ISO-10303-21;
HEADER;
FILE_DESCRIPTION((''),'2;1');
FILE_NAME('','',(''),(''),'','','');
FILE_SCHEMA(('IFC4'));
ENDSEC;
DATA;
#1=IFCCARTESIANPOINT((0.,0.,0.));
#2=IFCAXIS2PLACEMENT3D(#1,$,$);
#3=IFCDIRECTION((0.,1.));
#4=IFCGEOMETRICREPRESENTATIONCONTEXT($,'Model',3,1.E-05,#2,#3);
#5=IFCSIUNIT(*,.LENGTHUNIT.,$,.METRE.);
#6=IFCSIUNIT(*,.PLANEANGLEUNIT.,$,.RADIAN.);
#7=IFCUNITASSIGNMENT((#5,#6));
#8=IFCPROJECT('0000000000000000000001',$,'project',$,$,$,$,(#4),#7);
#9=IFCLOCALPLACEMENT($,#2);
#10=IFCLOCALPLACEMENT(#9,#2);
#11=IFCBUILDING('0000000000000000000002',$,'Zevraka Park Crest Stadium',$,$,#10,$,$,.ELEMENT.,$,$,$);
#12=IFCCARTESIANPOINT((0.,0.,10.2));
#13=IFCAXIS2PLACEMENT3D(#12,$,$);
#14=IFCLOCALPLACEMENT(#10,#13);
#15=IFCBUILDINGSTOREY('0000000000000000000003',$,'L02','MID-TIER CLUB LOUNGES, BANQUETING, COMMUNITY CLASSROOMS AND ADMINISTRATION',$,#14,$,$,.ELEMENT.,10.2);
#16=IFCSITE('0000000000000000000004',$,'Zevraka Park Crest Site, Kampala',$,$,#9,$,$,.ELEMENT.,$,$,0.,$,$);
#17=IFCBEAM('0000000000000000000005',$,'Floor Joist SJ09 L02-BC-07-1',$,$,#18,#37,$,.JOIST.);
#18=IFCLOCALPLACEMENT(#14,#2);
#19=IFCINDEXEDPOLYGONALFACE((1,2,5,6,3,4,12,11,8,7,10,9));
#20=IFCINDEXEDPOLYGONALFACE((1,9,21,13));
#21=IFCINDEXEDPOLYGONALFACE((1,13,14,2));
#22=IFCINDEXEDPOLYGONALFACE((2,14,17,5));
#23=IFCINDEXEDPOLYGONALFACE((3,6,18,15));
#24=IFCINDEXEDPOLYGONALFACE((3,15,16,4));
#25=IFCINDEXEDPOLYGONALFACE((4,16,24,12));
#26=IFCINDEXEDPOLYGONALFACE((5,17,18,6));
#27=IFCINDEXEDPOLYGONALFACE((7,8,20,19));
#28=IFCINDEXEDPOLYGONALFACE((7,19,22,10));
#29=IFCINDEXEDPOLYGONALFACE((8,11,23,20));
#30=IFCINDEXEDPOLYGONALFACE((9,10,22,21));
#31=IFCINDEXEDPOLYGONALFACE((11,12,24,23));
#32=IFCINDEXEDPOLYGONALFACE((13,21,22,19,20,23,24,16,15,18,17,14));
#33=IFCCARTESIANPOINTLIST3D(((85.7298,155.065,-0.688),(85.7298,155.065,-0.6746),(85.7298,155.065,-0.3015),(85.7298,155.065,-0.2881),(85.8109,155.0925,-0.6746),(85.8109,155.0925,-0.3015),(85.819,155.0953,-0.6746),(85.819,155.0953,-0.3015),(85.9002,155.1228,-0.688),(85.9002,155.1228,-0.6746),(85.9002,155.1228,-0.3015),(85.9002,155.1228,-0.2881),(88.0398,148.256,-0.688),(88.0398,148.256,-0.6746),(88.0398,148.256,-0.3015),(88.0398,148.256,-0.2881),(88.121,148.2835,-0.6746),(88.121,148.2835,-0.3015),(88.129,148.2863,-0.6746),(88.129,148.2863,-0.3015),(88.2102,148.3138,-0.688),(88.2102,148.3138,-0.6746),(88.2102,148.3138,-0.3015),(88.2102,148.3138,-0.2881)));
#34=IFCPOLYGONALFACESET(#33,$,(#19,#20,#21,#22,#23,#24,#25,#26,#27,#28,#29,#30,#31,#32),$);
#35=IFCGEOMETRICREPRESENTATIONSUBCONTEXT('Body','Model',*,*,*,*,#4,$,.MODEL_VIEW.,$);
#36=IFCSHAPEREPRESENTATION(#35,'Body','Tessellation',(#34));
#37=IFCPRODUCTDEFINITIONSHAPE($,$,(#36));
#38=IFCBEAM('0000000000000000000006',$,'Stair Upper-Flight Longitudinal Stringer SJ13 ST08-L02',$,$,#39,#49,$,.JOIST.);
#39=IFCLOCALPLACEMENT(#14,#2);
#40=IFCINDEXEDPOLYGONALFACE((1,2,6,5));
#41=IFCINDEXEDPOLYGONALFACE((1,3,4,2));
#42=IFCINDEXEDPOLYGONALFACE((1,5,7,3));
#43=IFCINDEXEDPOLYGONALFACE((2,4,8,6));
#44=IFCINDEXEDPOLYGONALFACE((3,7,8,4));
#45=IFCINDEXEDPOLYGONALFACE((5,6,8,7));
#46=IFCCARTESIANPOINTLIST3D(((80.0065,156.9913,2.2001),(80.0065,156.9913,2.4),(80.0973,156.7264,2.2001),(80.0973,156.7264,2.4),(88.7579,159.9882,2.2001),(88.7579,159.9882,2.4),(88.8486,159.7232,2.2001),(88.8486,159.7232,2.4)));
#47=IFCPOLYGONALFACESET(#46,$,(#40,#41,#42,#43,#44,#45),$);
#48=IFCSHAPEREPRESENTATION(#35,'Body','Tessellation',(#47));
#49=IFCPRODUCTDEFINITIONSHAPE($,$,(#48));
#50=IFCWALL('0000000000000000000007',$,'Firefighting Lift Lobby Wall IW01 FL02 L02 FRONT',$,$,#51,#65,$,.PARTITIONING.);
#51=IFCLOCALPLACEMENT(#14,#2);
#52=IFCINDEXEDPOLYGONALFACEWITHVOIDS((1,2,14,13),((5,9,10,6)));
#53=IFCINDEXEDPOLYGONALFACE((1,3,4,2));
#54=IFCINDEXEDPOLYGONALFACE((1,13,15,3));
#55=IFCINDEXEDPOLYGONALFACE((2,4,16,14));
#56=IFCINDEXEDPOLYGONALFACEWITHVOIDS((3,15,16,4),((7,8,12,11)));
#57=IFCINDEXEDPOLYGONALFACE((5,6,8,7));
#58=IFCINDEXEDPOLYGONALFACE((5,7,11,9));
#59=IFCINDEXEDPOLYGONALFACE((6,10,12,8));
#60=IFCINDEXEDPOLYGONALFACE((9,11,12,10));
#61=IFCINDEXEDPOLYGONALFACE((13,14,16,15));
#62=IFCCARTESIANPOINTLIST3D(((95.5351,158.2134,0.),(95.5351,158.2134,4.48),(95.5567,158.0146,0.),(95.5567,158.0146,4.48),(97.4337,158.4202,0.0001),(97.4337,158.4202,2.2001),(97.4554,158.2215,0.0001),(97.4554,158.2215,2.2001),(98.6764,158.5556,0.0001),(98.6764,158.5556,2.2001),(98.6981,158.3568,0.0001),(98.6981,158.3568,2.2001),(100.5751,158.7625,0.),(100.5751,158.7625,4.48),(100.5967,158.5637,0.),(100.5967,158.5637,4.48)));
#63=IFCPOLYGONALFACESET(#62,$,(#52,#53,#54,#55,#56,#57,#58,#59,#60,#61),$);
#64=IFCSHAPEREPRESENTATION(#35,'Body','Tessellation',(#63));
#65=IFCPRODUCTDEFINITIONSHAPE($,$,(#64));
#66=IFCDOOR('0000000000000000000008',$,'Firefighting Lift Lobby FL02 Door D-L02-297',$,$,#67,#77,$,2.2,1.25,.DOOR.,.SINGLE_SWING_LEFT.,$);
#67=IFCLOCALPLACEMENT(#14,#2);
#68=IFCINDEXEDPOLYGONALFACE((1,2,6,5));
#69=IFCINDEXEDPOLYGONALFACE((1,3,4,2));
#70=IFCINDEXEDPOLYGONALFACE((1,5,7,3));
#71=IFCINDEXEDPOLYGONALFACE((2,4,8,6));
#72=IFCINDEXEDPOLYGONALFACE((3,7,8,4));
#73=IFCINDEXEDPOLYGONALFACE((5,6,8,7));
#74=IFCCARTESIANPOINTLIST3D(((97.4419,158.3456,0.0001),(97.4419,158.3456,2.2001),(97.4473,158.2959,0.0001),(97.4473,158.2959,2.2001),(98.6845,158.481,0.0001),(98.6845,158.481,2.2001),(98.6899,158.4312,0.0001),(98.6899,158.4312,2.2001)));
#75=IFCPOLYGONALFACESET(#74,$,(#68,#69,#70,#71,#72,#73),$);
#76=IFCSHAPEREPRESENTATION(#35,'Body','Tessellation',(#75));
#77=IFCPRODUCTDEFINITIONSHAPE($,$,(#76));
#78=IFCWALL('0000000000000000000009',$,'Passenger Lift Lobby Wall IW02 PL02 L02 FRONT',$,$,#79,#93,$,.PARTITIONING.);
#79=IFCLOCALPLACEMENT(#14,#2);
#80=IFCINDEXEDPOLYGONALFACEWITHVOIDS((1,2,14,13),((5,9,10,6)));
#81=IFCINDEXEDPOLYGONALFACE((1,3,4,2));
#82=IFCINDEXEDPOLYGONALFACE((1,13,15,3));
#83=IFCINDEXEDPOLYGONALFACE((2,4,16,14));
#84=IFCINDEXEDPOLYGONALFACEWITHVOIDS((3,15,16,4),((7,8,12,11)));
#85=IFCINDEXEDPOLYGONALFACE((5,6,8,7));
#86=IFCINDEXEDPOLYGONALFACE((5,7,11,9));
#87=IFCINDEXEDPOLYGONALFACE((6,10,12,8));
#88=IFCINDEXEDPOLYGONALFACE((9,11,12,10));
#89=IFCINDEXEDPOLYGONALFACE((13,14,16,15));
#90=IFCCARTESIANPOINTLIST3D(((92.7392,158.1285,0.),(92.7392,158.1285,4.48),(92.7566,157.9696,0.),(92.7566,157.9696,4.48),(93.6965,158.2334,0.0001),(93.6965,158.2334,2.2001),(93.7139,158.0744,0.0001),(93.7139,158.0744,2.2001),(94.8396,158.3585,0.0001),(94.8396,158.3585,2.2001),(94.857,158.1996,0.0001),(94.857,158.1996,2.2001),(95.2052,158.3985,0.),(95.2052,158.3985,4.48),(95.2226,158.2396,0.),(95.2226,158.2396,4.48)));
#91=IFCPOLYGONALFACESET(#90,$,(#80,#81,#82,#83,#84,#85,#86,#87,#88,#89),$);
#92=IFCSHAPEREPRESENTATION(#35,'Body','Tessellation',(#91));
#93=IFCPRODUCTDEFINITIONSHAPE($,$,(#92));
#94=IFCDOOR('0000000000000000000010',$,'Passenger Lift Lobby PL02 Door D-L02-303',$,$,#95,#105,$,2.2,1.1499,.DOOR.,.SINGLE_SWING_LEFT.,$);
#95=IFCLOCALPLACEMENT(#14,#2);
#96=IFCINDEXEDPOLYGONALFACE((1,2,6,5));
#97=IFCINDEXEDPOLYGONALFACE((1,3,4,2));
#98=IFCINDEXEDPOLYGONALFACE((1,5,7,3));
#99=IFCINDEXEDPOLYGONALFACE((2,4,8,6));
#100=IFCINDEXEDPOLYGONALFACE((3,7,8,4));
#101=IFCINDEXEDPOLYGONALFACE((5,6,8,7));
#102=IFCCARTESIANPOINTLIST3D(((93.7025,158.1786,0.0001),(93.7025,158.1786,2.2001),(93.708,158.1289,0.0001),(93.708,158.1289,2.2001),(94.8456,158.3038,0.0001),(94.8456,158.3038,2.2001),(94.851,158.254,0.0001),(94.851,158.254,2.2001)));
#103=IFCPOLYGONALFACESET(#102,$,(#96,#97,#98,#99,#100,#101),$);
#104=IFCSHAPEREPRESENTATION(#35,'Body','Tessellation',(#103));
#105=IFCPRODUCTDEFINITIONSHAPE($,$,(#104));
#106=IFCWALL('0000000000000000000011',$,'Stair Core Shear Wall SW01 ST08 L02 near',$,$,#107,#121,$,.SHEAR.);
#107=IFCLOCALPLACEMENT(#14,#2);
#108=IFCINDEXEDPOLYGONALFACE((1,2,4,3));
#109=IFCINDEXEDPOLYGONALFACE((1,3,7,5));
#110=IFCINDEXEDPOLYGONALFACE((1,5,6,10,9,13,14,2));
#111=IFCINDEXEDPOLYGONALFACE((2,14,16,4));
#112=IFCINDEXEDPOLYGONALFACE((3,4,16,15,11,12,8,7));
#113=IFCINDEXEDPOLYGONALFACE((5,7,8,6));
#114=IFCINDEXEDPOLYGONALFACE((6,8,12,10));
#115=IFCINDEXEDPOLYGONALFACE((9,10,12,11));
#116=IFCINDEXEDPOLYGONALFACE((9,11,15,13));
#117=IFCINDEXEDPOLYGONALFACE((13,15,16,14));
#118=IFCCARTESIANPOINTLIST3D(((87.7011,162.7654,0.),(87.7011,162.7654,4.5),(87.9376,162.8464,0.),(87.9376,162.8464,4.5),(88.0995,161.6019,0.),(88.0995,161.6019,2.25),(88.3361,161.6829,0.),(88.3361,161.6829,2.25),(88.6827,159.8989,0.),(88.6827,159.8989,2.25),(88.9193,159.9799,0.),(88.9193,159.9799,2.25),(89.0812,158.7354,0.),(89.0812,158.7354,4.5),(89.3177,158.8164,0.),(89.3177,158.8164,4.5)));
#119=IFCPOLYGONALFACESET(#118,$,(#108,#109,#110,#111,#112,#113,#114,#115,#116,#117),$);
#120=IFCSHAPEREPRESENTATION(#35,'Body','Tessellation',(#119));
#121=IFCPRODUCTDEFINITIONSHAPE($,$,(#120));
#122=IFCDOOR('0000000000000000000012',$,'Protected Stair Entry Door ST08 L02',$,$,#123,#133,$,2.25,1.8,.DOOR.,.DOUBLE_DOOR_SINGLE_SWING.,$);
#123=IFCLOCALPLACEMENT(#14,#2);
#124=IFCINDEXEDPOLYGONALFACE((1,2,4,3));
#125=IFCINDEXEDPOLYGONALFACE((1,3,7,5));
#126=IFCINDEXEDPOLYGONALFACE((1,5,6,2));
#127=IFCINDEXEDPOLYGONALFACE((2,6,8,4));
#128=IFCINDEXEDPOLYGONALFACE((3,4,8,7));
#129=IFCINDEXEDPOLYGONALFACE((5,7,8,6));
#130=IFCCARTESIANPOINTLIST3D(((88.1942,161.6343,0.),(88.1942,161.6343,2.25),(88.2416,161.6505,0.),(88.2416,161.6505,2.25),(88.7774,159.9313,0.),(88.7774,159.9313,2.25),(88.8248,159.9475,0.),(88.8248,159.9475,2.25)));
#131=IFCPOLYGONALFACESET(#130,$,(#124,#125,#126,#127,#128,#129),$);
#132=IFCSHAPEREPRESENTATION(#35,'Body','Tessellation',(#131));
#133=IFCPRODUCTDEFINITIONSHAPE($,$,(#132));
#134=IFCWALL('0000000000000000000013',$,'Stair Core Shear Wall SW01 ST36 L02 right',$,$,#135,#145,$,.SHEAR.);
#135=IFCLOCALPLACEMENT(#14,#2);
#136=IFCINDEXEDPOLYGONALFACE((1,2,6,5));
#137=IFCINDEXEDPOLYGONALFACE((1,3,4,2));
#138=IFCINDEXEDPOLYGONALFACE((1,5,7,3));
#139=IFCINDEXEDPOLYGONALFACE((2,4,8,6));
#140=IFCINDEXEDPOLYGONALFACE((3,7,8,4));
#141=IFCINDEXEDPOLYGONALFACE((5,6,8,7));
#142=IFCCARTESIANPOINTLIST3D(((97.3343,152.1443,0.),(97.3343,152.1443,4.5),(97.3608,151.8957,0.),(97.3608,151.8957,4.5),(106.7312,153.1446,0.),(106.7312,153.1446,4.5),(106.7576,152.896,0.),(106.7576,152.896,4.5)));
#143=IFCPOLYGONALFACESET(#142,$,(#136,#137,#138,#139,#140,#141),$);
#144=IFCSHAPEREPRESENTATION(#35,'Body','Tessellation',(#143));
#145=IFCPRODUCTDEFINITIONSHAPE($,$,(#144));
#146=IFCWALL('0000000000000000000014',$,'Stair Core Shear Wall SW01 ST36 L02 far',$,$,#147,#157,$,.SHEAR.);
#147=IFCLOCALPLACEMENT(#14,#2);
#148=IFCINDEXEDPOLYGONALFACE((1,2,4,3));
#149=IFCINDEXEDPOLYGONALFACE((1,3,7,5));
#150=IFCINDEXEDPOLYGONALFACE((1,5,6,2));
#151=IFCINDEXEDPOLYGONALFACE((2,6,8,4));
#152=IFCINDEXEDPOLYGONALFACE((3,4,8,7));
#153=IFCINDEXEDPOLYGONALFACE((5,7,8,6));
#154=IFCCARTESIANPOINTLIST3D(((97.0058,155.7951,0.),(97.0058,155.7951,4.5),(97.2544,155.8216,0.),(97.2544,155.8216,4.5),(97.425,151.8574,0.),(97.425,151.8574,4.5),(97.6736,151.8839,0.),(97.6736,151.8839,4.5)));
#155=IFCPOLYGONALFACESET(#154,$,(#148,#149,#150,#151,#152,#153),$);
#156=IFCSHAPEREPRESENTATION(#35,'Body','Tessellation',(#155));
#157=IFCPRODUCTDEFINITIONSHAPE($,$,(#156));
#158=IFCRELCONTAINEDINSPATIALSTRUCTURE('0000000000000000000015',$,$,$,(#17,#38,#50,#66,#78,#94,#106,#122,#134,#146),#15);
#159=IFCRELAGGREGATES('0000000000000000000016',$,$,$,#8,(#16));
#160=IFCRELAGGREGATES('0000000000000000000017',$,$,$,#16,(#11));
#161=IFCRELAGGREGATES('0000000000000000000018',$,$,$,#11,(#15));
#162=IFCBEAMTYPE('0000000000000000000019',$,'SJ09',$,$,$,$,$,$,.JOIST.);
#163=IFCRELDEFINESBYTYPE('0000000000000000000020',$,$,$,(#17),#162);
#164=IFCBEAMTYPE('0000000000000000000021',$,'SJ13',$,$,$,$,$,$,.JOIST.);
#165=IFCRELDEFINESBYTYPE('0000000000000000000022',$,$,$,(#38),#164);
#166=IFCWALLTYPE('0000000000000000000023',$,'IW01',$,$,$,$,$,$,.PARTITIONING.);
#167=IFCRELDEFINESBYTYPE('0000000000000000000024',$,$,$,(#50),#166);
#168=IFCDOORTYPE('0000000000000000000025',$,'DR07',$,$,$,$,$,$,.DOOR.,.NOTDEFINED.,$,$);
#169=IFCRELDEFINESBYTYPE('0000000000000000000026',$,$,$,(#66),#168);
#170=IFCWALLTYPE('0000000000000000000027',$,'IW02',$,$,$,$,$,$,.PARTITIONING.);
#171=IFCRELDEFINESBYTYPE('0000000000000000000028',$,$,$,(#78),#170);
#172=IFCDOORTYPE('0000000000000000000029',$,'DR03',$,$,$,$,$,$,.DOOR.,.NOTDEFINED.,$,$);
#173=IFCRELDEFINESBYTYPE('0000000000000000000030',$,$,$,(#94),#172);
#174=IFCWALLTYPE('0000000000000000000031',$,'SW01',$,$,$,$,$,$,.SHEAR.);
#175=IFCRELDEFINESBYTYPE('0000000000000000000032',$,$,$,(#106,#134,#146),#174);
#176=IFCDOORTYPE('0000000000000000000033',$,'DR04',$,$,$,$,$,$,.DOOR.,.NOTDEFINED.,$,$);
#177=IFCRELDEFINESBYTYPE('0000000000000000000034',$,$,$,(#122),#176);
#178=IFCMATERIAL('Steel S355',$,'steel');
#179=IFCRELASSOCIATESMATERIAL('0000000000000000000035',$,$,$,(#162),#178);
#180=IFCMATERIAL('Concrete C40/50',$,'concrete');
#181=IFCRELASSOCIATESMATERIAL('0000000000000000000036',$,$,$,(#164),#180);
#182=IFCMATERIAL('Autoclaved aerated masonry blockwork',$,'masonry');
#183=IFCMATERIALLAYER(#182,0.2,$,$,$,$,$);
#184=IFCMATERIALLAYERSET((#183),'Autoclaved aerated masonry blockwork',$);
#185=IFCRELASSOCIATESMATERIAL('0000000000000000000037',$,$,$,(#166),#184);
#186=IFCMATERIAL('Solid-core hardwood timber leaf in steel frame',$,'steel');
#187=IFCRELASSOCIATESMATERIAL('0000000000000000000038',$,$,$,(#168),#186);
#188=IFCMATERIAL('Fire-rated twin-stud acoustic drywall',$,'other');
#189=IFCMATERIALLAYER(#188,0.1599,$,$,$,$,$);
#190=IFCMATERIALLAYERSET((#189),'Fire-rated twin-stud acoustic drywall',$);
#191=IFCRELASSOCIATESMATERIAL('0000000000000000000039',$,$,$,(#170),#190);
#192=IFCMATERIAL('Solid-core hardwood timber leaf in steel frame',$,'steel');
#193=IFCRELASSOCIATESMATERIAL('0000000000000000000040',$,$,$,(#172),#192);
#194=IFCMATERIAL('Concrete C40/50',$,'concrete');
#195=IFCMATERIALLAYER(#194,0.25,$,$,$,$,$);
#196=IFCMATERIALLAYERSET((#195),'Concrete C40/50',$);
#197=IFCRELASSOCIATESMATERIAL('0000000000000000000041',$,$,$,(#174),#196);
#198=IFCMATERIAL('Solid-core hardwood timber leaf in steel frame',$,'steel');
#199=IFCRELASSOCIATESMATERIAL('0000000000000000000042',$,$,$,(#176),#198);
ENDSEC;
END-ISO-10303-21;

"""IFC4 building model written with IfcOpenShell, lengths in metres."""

from ifc_helpers import new_model, si_unit, direction, frame, frame_2d, origin, origin_2d, place, context, subcontext, project, spatial, rectangle, i_section, extrude, material, layer, layer_set, material_profile, profile_set, type_object, element, fill, save


model = new_model("IFC4")

# Units and contexts
model_context = context("Model", 3, precision=1e-05, world=origin(), true_north=direction((0.0, 1.0)))
body_context = subcontext(model_context, "Body", "Model", "MODEL_VIEW")
ifc_project = project(units=[si_unit("LENGTHUNIT", "METRE"), si_unit("PLANEANGLEUNIT", "RADIAN")], contexts=[model_context])

# Site, building, storey
site_placement = place(None, origin())
site = spatial("IfcSite", under=ifc_project, at=site_placement, Name="Zevraka Park Crest Site, Kampala", CompositionType="ELEMENT", RefElevation=0.0)
building_placement = place(site_placement, origin())
building = spatial("IfcBuilding", under=site, at=building_placement, Name="Zevraka Park Crest Stadium", CompositionType="ELEMENT")
storey_placement = place(building_placement, frame((0.0, 0.0, 10.2)))
storey = spatial("IfcBuildingStorey", under=building, at=storey_placement, Name="L02", Description="MID-TIER CLUB LOUNGES, BANQUETING, COMMUNITY CLASSROOMS AND ADMINISTRATION", CompositionType="ELEMENT", Elevation=10.2)

# Beams
ifc_material_1 = material(Name="Steel S355", Category="steel")
ifc_material_profile_1 = material_profile(ifc_material_1, i_section(OverallWidth=0.1799, OverallDepth=0.3999, WebThickness=0.0085, FlangeThickness=0.0134, at=origin_2d()), Name="IPE 400")
ifc_profile_set_1 = profile_set([ifc_material_profile_1], Name="Steel S355")
beam_type_1 = type_object("IfcBeamType", Name="SJ09", PredefinedType="JOIST", material=ifc_profile_set_1)
beam_1_placement = place(storey_placement, frame((88.125, 148.2849, -0.488), z_axis=(-0.321276, 0.946986, 0.0), x_axis=(-0.946986, -0.321276, 0.0)))
element("IfcBeam", 1, at=beam_1_placement, inside=storey, type_object=beam_type_1, Name="Floor Joist SJ09 L02-BC-07-1", PredefinedType="JOIST", context=body_context, shape_type="SweptSolid", body=[
    extrude(i_section(OverallWidth=0.1799, OverallDepth=0.3999, WebThickness=0.0085, FlangeThickness=0.0134, at=origin_2d()), origin(), (0.0, 0.0, 1.0), 7.1902),
])
ifc_material_2 = material(Name="Concrete C40/50", Category="concrete")
ifc_material_profile_2 = material_profile(ifc_material_2, rectangle(XDim=0.28, YDim=0.2, at=origin_2d()), Name="RC 200x280")
ifc_profile_set_2 = profile_set([ifc_material_profile_2], Name="Concrete C40/50")
beam_type_2 = type_object("IfcBeamType", Name="SJ13", PredefinedType="JOIST", material=ifc_profile_set_2)
beam_2_placement = place(storey_placement, frame((88.8032, 159.8557, 2.3), z_axis=(-0.946065, -0.323977, 0.0), x_axis=(0.323977, -0.946065, 0.0)))
element("IfcBeam", 2, at=beam_2_placement, inside=storey, type_object=beam_type_2, Name="Stair Upper-Flight Longitudinal Stringer SJ13 ST08-L02", PredefinedType="JOIST", context=body_context, shape_type="SweptSolid", body=[
    extrude(rectangle(XDim=0.28, YDim=0.2, at=origin_2d()), origin(), (0.0, 0.0, 1.0), 9.2502),
])

# Walls, openings, doors
ifc_material_3 = material(Name="Autoclaved aerated masonry blockwork", Category="masonry")
ifc_layer_1 = layer(ifc_material_3, 0.2)
ifc_layer_set_1 = layer_set([ifc_layer_1], Name="Autoclaved aerated masonry blockwork")
wall_type_1 = type_object("IfcWallType", Name="IW01", PredefinedType="PARTITIONING", material=ifc_layer_set_1)
wall_1_placement = place(storey_placement, frame((95.5459, 158.114, 0.0), z_axis=(0.0, 0.0, 1.0), x_axis=(0.994118, 0.108301, 0.0)))
wall_1 = element("IfcWall", 3, at=wall_1_placement, inside=storey, type_object=wall_type_1, Name="Firefighting Lift Lobby Wall IW01 FL02 L02 FRONT", PredefinedType="PARTITIONING", context=body_context, shape_type="SweptSolid", body=[
    extrude(rectangle(XDim=5.0698, YDim=0.2, at=frame_2d((2.5349, 0.0))), origin(), (0.0, 0.0, 1.0), 4.48),
])
opening_1_placement = place(wall_1_placement, frame((1.9099, 0.0, 0.0)))
opening_1 = element("IfcOpeningElement", 4, at=opening_1_placement, cuts=wall_1, PredefinedType="OPENING", context=body_context, shape_type="SweptSolid", body=[
    extrude(rectangle(XDim=1.25, YDim=2.2, at=frame_2d((0.625, 1.1001))), frame((0.0, 0.1099, 0.0), z_axis=(0.0, -1.0, 0.0), x_axis=(1.0, 0.0, 0.0)), (0.0, 0.0, 1.0), 0.22),
])
ifc_material_4 = material(Name="Solid-core hardwood timber leaf in steel frame", Category="steel")
door_type_1 = type_object("IfcDoorType", Name="DR07", OperationType="NOTDEFINED", PredefinedType="DOOR", material=ifc_material_4)
door_1_placement = place(opening_1_placement, origin())
door_1 = element("IfcDoor", 5, at=door_1_placement, inside=storey, type_object=door_type_1, Name="Firefighting Lift Lobby FL02 Door D-L02-297", OperationType="SINGLE_SWING_LEFT", OverallHeight=2.2, OverallWidth=1.25, PredefinedType="DOOR", context=body_context, shape_type="SweptSolid", body=[
    extrude(rectangle(XDim=1.25, YDim=2.2, at=frame_2d((0.625, 1.1001))), frame((0.0, 0.0249, 0.0), z_axis=(0.0, -1.0, 0.0), x_axis=(1.0, 0.0, 0.0)), (0.0, 0.0, 1.0), 0.05),
])
fill(opening_1, door_1)
ifc_material_5 = material(Name="Fire-rated twin-stud acoustic drywall", Category="other")
ifc_layer_2 = layer(ifc_material_5, 0.1599)
ifc_layer_set_2 = layer_set([ifc_layer_2], Name="Fire-rated twin-stud acoustic drywall")
wall_type_2 = type_object("IfcWallType", Name="IW02", PredefinedType="PARTITIONING", material=ifc_layer_set_2)
wall_2_placement = place(storey_placement, frame((92.748, 158.0491, 0.0), z_axis=(0.0, 0.0, 1.0), x_axis=(0.994059, 0.108844, 0.0)))
wall_2 = element("IfcWall", 6, at=wall_2_placement, inside=storey, type_object=wall_type_2, Name="Passenger Lift Lobby Wall IW02 PL02 L02 FRONT", PredefinedType="PARTITIONING", context=body_context, shape_type="SweptSolid", body=[
    extrude(rectangle(XDim=2.4807, YDim=0.1599, at=frame_2d((1.2402, 0.0))), origin(), (0.0, 0.0, 1.0), 4.48),
])
opening_2_placement = place(wall_2_placement, frame((0.9629, 0.0, 0.0)))
opening_2 = element("IfcOpeningElement", 7, at=opening_2_placement, cuts=wall_2, PredefinedType="OPENING", context=body_context, shape_type="SweptSolid", body=[
    extrude(rectangle(XDim=1.1499, YDim=2.2, at=frame_2d((0.575, 1.1001))), frame((0.0, 0.0898, 0.0), z_axis=(0.0, -1.0, 0.0), x_axis=(1.0, 0.0, 0.0)), (0.0, 0.0, 1.0), 0.1799),
])
ifc_material_6 = material(Name="Solid-core hardwood timber leaf in steel frame", Category="steel")
door_type_2 = type_object("IfcDoorType", Name="DR03", OperationType="NOTDEFINED", PredefinedType="DOOR", material=ifc_material_6)
door_2_placement = place(opening_2_placement, origin())
door_2 = element("IfcDoor", 8, at=door_2_placement, inside=storey, type_object=door_type_2, Name="Passenger Lift Lobby PL02 Door D-L02-303", OperationType="SINGLE_SWING_LEFT", OverallHeight=2.2, OverallWidth=1.1499, PredefinedType="DOOR", context=body_context, shape_type="SweptSolid", body=[
    extrude(rectangle(XDim=1.1499, YDim=2.2, at=frame_2d((0.575, 1.1001))), frame((0.0, 0.0249, 0.0), z_axis=(0.0, -1.0, 0.0), x_axis=(1.0, 0.0, 0.0)), (0.0, 0.0, 1.0), 0.05),
])
fill(opening_2, door_2)
ifc_material_7 = material(Name="Concrete C40/50", Category="concrete")
ifc_layer_3 = layer(ifc_material_7, 0.25)
ifc_layer_set_3 = layer_set([ifc_layer_3], Name="Concrete C40/50")
wall_type_3 = type_object("IfcWallType", Name="SW01", PredefinedType="SHEAR", material=ifc_layer_set_3)
wall_3_placement = place(storey_placement, frame((89.1995, 158.7759, 0.0), z_axis=(0.0, 0.0, 1.0), x_axis=(-0.323989, 0.946061, 0.0)))
wall_3 = element("IfcWall", 9, at=wall_3_placement, inside=storey, type_object=wall_type_3, Name="Stair Core Shear Wall SW01 ST08 L02 near", PredefinedType="SHEAR", context=body_context, shape_type="SweptSolid", body=[
    extrude(rectangle(XDim=4.2598, YDim=0.25, at=frame_2d((2.1299, 0.0))), origin(), (0.0, 0.0, 1.0), 4.5),
])
opening_3_placement = place(wall_3_placement, frame((1.23, 0.0, 0.0)))
opening_3 = element("IfcOpeningElement", 10, at=opening_3_placement, cuts=wall_3, PredefinedType="OPENING", context=body_context, shape_type="SweptSolid", body=[
    extrude(rectangle(XDim=1.8, YDim=2.25, at=frame_2d((0.8999, 1.125))), frame((0.0, 0.135, 0.0), z_axis=(0.0, -1.0, 0.0), x_axis=(1.0, 0.0, 0.0)), (0.0, 0.0, 1.0), 0.27),
])
ifc_material_8 = material(Name="Solid-core hardwood timber leaf in steel frame", Category="steel")
door_type_3 = type_object("IfcDoorType", Name="DR04", OperationType="NOTDEFINED", PredefinedType="DOOR", material=ifc_material_8)
door_3_placement = place(opening_3_placement, origin())
door_3 = element("IfcDoor", 11, at=door_3_placement, inside=storey, type_object=door_type_3, Name="Protected Stair Entry Door ST08 L02", OperationType="DOUBLE_DOOR_SINGLE_SWING", OverallHeight=2.25, OverallWidth=1.8, PredefinedType="DOOR", context=body_context, shape_type="SweptSolid", body=[
    extrude(rectangle(XDim=1.8, YDim=2.25, at=frame_2d((0.8999, 1.125))), frame((0.0, 0.0249, 0.0), z_axis=(0.0, -1.0, 0.0), x_axis=(1.0, 0.0, 0.0)), (0.0, 0.0, 1.0), 0.05),
])
fill(opening_3, door_3)

# Walls
wall_4_placement = place(storey_placement, frame((97.3474, 152.02, 0.0), z_axis=(0.0, 0.0, 1.0), x_axis=(0.994383, 0.105845, 0.0)))
element("IfcWall", 12, at=wall_4_placement, inside=storey, type_object=wall_type_3, Name="Stair Core Shear Wall SW01 ST36 L02 right", PredefinedType="SHEAR", context=body_context, shape_type="SweptSolid", body=[
    extrude(rectangle(XDim=9.45, YDim=0.25, at=frame_2d((4.7251, 0.0))), origin(), (0.0, 0.0, 1.0), 4.5),
])
wall_5_placement = place(storey_placement, frame((97.1301, 155.8083, 0.0), z_axis=(0.0, 0.0, 1.0), x_axis=(0.105856, -0.994381, 0.0)))
element("IfcWall", 13, at=wall_5_placement, inside=storey, type_object=wall_type_3, Name="Stair Core Shear Wall SW01 ST36 L02 far", PredefinedType="SHEAR", context=body_context, shape_type="SweptSolid", body=[
    extrude(rectangle(XDim=3.96, YDim=0.25, at=frame_2d((1.98, 0.0))), origin(), (0.0, 0.0, 1.0), 4.5),
])

save(model, "model.ifc")
